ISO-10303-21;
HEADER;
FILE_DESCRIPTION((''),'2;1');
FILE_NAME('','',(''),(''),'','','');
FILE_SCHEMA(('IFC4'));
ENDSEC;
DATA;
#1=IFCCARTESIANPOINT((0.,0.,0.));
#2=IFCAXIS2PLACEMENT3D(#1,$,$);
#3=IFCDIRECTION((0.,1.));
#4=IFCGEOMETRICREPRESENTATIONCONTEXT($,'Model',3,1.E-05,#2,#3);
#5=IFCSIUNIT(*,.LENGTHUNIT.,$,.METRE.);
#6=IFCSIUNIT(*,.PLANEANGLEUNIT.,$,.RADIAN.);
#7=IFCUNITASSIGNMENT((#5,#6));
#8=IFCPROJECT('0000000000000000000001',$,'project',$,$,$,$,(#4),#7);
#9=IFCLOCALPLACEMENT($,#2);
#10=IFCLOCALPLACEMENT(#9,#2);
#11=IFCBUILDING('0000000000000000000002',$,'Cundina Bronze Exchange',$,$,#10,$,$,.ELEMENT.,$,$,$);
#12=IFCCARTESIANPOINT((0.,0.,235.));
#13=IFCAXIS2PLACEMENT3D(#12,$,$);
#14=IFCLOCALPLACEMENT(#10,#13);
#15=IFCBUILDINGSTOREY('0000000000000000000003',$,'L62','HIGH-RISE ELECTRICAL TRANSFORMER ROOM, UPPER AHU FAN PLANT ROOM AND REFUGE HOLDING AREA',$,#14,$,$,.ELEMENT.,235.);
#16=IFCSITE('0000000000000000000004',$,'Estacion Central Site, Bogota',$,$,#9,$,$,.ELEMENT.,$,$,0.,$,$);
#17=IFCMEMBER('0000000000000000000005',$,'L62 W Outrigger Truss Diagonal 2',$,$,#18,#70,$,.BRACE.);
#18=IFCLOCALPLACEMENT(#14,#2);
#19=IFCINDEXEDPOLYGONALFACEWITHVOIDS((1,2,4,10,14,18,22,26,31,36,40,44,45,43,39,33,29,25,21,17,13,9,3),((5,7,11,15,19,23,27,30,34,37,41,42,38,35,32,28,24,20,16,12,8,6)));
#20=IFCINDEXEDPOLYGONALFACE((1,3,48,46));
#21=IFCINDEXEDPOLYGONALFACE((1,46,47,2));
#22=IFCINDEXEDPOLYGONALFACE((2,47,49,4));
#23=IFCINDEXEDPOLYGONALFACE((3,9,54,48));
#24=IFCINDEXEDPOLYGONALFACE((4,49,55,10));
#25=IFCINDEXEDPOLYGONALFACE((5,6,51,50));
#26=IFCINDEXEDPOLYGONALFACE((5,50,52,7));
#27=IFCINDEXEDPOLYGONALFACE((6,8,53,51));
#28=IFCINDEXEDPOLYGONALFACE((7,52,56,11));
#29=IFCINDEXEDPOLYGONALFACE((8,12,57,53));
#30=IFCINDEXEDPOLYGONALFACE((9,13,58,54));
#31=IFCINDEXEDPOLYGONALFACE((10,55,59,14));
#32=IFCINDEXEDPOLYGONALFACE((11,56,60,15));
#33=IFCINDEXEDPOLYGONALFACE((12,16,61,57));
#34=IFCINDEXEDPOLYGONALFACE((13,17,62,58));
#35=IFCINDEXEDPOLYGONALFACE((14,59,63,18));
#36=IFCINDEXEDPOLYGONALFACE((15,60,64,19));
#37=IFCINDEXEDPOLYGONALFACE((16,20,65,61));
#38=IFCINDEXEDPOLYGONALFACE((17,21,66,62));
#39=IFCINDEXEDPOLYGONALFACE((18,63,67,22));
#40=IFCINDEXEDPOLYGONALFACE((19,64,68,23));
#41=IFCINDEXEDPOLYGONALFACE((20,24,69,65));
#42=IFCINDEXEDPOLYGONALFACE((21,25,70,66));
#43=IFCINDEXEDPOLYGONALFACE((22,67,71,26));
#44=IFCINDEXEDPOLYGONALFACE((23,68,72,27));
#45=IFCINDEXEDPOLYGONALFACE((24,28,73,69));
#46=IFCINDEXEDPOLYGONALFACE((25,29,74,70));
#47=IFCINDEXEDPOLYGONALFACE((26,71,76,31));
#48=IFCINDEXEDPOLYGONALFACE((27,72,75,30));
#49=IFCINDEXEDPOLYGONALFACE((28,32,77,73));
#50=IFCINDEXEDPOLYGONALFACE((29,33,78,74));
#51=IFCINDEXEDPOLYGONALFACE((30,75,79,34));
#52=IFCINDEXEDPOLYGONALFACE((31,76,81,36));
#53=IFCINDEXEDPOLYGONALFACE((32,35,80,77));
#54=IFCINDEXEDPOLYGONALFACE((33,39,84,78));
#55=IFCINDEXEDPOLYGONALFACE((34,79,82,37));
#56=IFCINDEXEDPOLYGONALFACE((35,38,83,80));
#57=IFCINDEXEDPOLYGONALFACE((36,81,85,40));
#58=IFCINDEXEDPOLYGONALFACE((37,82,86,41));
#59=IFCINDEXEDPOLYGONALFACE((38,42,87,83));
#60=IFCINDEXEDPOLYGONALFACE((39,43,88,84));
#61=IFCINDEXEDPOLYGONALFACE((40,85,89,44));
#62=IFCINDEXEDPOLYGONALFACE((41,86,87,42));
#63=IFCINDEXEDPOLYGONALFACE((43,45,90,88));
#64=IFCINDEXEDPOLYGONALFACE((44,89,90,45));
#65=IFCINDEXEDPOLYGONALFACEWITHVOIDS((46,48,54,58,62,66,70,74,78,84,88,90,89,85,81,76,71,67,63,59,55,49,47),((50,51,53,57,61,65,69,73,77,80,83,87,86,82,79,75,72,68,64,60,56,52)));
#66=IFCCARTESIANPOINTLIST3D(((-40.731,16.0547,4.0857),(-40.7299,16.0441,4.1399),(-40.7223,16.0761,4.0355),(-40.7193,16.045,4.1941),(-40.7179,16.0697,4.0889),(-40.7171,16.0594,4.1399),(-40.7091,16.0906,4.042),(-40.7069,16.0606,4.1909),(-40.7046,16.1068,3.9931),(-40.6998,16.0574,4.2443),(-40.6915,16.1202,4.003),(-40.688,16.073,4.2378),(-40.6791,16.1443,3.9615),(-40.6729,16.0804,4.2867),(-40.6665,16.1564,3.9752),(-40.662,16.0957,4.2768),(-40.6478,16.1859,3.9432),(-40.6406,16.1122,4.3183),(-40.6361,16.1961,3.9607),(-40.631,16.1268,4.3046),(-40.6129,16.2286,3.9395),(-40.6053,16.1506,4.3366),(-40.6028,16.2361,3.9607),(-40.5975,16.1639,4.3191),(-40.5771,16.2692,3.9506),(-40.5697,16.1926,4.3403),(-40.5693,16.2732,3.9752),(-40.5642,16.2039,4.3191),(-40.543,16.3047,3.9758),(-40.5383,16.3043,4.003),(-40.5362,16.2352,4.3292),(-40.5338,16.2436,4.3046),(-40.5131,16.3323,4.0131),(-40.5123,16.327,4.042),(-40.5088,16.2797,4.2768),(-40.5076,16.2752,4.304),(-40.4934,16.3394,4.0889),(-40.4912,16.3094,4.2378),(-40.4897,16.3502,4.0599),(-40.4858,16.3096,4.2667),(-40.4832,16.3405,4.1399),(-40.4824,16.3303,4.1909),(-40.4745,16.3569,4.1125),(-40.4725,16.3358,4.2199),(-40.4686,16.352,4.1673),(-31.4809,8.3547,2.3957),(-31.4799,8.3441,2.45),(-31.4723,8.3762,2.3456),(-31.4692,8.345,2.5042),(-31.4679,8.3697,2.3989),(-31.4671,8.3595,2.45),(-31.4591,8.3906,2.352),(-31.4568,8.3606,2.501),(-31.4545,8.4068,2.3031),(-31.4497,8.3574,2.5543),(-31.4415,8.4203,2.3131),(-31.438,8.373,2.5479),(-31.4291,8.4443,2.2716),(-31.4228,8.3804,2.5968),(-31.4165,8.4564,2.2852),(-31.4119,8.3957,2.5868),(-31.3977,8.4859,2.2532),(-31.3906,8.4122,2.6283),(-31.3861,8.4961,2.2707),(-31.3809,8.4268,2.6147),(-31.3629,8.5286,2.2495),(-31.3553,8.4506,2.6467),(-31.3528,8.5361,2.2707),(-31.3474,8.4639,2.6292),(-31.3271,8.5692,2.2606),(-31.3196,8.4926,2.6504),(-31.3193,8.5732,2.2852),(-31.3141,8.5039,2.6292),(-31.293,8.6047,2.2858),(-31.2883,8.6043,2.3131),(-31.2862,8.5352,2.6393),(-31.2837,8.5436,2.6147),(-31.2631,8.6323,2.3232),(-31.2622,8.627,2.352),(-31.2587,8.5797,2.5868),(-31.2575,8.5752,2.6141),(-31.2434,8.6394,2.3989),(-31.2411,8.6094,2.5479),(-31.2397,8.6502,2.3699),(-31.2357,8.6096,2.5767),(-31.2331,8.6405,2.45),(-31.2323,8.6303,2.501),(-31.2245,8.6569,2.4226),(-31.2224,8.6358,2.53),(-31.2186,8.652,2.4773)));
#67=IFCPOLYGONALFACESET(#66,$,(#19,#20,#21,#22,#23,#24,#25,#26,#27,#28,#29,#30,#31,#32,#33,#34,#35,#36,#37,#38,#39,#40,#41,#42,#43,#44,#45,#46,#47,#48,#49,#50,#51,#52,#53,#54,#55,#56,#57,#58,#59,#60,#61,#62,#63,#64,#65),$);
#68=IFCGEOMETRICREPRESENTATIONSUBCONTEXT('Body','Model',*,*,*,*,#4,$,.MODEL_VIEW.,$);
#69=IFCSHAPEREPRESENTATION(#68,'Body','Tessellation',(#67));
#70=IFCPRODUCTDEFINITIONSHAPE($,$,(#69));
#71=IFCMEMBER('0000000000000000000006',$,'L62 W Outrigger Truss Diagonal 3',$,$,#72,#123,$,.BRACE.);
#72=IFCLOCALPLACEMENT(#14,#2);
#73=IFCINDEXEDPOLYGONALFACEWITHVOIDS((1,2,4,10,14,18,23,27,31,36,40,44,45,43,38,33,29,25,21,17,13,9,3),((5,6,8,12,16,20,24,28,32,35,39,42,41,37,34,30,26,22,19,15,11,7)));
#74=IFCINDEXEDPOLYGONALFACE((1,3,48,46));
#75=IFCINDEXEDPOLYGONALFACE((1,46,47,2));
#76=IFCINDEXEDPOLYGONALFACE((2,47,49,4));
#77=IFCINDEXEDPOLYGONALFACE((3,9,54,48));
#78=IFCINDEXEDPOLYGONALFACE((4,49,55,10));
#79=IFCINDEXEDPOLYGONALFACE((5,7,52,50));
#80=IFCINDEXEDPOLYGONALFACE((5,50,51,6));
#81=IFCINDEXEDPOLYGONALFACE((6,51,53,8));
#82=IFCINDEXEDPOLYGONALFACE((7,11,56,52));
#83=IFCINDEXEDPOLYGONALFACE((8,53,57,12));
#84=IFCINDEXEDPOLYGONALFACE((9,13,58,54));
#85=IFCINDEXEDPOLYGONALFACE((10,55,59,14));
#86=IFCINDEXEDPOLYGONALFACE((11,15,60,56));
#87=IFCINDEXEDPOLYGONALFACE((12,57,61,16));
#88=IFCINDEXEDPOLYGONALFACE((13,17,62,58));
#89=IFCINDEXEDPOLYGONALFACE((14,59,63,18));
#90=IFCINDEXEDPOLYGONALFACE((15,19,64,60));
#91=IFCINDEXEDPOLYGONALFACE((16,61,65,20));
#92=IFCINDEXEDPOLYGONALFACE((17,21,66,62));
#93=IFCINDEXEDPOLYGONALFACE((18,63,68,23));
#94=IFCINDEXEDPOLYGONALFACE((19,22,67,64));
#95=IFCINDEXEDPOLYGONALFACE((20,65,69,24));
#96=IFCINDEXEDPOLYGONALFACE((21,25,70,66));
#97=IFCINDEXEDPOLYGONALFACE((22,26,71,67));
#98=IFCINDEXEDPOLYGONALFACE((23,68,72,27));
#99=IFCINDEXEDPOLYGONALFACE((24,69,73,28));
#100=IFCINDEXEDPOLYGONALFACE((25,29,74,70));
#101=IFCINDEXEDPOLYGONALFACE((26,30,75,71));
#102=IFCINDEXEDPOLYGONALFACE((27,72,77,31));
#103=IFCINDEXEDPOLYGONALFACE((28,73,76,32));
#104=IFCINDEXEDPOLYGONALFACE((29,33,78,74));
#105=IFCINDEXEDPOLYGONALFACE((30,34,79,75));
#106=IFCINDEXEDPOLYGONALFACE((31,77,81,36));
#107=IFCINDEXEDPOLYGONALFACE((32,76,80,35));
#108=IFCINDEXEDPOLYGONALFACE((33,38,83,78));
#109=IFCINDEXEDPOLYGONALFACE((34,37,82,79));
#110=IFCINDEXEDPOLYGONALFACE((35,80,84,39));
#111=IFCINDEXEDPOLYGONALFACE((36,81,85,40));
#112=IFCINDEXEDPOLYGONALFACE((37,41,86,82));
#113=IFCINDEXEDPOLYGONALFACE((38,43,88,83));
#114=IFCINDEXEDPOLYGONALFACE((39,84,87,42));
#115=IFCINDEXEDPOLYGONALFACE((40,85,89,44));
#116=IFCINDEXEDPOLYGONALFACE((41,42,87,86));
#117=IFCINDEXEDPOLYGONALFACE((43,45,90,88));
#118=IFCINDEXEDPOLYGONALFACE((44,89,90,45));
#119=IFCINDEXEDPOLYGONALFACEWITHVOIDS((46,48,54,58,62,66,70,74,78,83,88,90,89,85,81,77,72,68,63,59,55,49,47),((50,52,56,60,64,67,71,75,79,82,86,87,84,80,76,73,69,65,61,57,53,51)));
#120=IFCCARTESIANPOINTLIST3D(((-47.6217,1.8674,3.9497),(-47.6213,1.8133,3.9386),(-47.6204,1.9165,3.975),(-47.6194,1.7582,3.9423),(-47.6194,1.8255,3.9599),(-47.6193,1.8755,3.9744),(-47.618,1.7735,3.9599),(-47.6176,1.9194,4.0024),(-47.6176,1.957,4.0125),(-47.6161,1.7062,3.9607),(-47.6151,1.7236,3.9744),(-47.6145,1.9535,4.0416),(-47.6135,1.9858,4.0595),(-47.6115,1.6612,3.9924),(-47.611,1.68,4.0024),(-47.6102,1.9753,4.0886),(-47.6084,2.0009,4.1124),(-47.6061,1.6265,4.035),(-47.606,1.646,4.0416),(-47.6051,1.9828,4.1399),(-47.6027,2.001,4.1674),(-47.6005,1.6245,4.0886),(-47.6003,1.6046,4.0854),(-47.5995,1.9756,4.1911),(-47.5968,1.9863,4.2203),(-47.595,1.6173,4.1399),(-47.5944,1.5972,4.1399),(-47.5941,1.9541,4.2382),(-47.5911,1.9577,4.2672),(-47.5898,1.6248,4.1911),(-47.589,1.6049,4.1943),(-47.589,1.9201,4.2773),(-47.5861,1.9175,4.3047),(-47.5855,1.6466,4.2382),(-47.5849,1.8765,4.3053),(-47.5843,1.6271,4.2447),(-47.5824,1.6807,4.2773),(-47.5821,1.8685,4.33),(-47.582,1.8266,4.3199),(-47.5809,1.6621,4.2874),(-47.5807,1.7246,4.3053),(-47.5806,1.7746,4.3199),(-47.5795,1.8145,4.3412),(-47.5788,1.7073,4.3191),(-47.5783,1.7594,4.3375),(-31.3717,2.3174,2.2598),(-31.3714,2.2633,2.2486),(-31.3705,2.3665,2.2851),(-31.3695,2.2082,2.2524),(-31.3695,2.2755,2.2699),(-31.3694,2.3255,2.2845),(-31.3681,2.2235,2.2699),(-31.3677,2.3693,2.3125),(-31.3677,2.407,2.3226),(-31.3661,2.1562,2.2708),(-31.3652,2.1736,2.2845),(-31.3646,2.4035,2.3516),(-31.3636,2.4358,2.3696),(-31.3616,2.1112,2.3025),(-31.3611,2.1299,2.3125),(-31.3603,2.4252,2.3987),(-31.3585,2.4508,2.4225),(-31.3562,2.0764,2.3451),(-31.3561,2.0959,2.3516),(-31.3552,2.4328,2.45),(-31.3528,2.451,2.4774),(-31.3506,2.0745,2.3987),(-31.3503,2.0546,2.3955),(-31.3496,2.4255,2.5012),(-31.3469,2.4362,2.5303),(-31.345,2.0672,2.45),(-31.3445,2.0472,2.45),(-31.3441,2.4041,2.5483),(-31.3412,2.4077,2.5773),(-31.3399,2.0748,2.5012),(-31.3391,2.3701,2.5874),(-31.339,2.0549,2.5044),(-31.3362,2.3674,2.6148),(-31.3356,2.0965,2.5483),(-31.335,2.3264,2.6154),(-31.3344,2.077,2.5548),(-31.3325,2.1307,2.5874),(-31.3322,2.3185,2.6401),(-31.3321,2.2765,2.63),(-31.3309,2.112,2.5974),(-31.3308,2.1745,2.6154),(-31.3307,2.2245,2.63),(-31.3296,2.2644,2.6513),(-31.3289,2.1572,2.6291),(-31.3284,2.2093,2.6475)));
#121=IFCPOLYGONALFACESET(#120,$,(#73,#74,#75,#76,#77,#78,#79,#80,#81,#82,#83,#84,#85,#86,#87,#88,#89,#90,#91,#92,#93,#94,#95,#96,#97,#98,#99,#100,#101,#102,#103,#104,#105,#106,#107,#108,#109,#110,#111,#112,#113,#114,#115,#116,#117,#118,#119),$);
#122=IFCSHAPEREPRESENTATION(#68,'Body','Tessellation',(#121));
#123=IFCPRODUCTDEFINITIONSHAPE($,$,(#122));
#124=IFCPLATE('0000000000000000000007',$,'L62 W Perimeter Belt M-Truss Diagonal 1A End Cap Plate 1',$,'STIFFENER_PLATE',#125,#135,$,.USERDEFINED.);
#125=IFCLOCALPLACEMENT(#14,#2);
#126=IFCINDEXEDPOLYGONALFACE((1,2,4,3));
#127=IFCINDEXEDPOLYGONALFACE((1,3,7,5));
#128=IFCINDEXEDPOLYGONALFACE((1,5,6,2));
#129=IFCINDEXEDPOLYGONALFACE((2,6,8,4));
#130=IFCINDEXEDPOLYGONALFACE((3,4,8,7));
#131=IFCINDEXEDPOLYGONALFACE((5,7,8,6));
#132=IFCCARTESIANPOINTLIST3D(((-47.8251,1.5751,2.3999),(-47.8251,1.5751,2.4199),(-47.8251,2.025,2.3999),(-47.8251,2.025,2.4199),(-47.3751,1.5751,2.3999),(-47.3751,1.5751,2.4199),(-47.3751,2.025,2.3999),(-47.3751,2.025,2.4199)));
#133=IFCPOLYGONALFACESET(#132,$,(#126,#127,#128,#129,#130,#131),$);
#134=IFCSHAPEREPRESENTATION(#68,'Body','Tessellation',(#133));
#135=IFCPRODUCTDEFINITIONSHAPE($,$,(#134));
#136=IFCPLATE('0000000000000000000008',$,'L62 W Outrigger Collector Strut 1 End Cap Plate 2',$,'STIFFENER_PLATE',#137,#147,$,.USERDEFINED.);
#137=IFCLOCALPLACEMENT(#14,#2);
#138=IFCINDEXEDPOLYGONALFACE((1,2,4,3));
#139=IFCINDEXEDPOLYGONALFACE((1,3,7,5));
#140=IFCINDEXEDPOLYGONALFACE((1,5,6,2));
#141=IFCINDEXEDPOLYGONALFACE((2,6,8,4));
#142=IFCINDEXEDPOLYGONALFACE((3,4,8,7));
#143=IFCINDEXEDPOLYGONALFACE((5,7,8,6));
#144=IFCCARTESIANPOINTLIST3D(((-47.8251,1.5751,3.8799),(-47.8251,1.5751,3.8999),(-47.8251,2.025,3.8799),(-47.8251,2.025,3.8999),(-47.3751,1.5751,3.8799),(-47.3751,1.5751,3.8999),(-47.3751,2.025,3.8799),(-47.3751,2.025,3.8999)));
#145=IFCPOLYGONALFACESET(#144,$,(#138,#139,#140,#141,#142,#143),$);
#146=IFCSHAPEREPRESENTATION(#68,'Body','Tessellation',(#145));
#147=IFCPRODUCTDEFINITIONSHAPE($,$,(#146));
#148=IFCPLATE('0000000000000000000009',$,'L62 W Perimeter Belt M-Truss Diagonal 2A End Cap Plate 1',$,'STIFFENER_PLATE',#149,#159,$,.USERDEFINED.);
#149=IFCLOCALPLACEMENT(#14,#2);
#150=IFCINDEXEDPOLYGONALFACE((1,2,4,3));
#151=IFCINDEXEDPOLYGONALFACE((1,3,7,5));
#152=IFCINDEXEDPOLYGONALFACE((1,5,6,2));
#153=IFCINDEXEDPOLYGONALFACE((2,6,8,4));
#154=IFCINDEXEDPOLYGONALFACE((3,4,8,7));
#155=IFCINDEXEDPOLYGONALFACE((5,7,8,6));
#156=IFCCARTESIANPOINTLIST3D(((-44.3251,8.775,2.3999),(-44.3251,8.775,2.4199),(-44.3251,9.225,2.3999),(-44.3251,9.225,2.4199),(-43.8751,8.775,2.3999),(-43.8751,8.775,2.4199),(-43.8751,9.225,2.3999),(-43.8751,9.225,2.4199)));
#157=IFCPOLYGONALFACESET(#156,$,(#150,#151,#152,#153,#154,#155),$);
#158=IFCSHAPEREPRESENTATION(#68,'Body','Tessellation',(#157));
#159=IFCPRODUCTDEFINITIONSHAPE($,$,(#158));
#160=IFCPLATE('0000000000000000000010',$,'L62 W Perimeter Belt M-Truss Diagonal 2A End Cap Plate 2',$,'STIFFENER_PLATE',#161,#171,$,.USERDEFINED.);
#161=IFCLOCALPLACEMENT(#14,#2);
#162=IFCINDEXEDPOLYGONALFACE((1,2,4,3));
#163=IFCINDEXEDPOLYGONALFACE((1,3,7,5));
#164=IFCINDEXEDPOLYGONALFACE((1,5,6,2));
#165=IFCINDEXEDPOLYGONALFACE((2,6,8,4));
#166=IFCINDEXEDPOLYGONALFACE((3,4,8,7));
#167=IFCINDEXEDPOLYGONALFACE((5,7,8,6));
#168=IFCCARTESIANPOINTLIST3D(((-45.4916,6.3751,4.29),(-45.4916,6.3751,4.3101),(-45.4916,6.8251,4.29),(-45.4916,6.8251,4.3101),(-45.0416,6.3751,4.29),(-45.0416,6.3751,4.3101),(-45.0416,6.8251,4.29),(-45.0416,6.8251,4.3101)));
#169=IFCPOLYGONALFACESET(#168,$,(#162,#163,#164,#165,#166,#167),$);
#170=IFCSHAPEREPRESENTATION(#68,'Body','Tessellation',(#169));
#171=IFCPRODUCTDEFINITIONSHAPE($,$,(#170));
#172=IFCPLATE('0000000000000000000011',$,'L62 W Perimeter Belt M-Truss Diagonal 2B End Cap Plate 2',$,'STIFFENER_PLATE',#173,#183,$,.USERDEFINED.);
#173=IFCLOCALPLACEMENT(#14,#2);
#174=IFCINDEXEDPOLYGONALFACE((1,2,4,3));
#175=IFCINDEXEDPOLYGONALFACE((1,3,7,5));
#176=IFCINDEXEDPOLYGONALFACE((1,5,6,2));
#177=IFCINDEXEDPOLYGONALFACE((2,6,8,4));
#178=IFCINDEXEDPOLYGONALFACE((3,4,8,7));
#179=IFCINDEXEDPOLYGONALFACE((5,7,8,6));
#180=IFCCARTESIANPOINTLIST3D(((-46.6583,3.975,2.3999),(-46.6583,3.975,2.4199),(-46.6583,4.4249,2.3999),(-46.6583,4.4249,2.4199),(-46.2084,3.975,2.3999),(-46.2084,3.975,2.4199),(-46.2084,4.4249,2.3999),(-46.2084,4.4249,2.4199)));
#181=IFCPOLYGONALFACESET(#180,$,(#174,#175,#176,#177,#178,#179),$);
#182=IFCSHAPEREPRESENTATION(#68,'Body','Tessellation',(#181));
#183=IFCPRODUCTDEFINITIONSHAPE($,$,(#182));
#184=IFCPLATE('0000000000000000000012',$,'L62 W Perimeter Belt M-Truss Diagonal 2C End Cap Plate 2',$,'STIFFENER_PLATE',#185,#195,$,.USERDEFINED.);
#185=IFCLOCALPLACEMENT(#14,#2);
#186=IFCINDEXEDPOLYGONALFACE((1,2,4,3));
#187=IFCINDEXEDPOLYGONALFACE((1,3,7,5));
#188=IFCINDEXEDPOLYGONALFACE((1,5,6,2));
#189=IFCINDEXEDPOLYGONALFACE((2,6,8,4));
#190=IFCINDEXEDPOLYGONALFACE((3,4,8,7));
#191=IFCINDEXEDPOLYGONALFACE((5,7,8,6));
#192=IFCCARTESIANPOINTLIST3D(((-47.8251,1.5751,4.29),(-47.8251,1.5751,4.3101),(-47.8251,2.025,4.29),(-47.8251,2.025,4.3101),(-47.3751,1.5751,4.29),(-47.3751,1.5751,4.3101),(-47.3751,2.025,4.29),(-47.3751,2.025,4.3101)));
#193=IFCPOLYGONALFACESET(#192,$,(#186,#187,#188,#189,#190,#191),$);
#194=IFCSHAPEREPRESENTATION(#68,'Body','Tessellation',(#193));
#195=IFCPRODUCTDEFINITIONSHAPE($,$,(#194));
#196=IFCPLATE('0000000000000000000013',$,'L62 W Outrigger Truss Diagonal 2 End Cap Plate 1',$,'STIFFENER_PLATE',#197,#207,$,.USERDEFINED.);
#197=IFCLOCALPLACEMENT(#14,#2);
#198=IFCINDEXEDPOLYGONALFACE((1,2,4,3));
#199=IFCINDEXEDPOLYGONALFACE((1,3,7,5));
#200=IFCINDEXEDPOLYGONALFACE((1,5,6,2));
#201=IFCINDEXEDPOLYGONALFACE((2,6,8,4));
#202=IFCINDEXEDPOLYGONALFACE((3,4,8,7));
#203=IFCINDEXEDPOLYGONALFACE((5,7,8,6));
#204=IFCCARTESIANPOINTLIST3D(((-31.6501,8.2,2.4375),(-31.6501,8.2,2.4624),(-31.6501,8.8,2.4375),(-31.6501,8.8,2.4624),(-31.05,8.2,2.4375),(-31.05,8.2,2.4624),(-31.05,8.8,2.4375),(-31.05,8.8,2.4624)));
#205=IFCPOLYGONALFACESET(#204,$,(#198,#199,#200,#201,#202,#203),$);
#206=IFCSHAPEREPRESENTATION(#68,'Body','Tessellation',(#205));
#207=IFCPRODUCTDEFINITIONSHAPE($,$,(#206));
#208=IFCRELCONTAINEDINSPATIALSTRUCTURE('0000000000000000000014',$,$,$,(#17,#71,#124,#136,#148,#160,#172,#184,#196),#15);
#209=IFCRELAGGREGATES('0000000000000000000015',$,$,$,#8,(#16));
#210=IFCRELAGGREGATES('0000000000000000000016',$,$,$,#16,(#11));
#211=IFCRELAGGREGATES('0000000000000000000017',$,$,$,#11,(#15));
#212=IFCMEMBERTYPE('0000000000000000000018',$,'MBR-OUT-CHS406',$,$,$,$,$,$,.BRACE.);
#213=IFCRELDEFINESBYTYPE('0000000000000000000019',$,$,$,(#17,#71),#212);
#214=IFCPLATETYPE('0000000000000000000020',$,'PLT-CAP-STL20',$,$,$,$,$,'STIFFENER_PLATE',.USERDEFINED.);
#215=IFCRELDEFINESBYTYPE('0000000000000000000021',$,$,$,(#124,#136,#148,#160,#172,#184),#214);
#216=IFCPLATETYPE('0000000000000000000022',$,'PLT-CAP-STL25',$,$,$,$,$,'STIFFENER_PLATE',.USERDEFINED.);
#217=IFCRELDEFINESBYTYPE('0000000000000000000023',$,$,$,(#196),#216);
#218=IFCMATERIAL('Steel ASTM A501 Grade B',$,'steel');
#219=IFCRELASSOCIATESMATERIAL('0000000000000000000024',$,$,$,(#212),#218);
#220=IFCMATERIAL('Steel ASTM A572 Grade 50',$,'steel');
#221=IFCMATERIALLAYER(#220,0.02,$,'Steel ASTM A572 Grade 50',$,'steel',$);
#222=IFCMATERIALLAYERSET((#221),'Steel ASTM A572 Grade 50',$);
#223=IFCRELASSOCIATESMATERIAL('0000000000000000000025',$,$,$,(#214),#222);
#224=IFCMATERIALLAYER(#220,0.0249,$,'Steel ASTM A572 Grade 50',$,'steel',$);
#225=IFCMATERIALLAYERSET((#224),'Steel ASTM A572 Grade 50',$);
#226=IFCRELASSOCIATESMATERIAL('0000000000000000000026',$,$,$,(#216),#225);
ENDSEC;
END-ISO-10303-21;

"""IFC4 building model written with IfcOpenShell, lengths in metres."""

from ifc_helpers import new_model, si_unit, direction, frame, origin, origin_2d, place, context, subcontext, project, spatial, rectangle, hollow_circle, extrude, material, layer, layer_set, material_profile, profile_set, type_object, element, save


model = new_model("IFC4")

# Units and contexts
model_context = context("Model", 3, precision=1e-05, world=origin(), true_north=direction((0.0, 1.0)))
body_context = subcontext(model_context, "Body", "Model", "MODEL_VIEW")
ifc_project = project(units=[si_unit("LENGTHUNIT", "METRE"), si_unit("PLANEANGLEUNIT", "RADIAN")], contexts=[model_context])

# Site, building, storey
site_placement = place(None, origin())
site = spatial("IfcSite", under=ifc_project, at=site_placement, Name="Estacion Central Site, Bogota", CompositionType="ELEMENT", RefElevation=0.0)
building_placement = place(site_placement, origin())
building = spatial("IfcBuilding", under=site, at=building_placement, Name="Cundina Bronze Exchange", CompositionType="ELEMENT")
storey_placement = place(building_placement, frame((0.0, 0.0, 235.0)))
storey = spatial("IfcBuildingStorey", under=building, at=storey_placement, Name="L62", Description="HIGH-RISE ELECTRICAL TRANSFORMER ROOM, UPPER AHU FAN PLANT ROOM AND REFUGE HOLDING AREA", CompositionType="ELEMENT", Elevation=235.0)

# Members
ifc_material_1 = material(Name="Steel ASTM A501 Grade B", Category="steel")
ifc_material_profile_1 = material_profile(ifc_material_1, hollow_circle(Radius=0.2029, WallThickness=0.02, at=origin_2d()), Name="CHS406X20", Category="steel")
ifc_profile_set_1 = profile_set([ifc_material_profile_1], Name="Steel ASTM A501 Grade B")
member_type_1 = type_object("IfcMemberType", Name="MBR-OUT-CHS406", PredefinedType="BRACE", material=ifc_profile_set_1)
member_1_placement = place(storey_placement, frame((-31.3501, 8.5, 2.45), z_axis=(-0.761097, 0.633558, 0.13905), x_axis=(-0.639773, -0.768564, 0.0)))
element("IfcMember", 1, at=member_1_placement, inside=storey, type_object=member_type_1, Name="L62 W Outrigger Truss Diagonal 2", PredefinedType="BRACE", context=body_context, shape_type="SweptSolid", body=[
    extrude(hollow_circle(Radius=0.2029, WallThickness=0.02, at=origin_2d()), origin(), (0.0, 0.0, 1.0), 12.1536),
])
member_2_placement = place(storey_placement, frame((-31.3501, 2.25, 2.45), z_axis=(-0.994259, -0.02753, 0.103399), x_axis=(0.027679, -0.999617, 0.0)))
element("IfcMember", 2, at=member_2_placement, inside=storey, type_object=member_type_1, Name="L62 W Outrigger Truss Diagonal 3", PredefinedType="BRACE", context=body_context, shape_type="SweptSolid", body=[
    extrude(hollow_circle(Radius=0.2029, WallThickness=0.02, at=origin_2d()), origin(), (0.0, 0.0, 1.0), 16.3438),
])

# Plates
ifc_material_2 = material(Name="Steel ASTM A572 Grade 50", Category="steel")
ifc_layer_1 = layer(ifc_material_2, 0.02, Name="Steel ASTM A572 Grade 50", Category="steel")
ifc_layer_set_1 = layer_set([ifc_layer_1], Name="Steel ASTM A572 Grade 50")
plate_type_1 = type_object("IfcPlateType", Name="PLT-CAP-STL20", ElementType="STIFFENER_PLATE", PredefinedType="USERDEFINED", material=ifc_layer_set_1)
for number, where, z_axis, x_axis, name in (
    (3, (-47.6001, 1.8, 2.3999), (0.0, 0.0, 1.0), (1.0, 0.0, 0.0), "L62 W Perimeter Belt M-Truss Diagonal 1A End Cap Plate 1"),
    (4, (-47.6001, 1.8, 3.8799), (0.0, 0.0, 1.0), (1.0, 0.0, 0.0), "L62 W Outrigger Collector Strut 1 End Cap Plate 2"),
    (5, (-44.1001, 9.0, 2.3999), (0.0, 0.0, 1.0), (1.0, 0.0, 0.0), "L62 W Perimeter Belt M-Truss Diagonal 2A End Cap Plate 1"),
    (6, (-45.2666, 6.6001, 4.29), (0.0, 0.0, 1.0), (1.0, 0.0, 0.0), "L62 W Perimeter Belt M-Truss Diagonal 2A End Cap Plate 2"),
    (7, (-46.4333, 4.2, 2.3999), (0.0, 0.0, 1.0), (1.0, 0.0, 0.0), "L62 W Perimeter Belt M-Truss Diagonal 2B End Cap Plate 2"),
    (8, (-47.6001, 1.8, 4.29), (0.0, 0.0, 1.0), (1.0, 0.0, 0.0), "L62 W Perimeter Belt M-Truss Diagonal 2C End Cap Plate 2"),
):
    element("IfcPlate", number, at=place(storey_placement, frame(where, z_axis=z_axis, x_axis=x_axis)), inside=storey, type_object=plate_type_1, Name=name, ObjectType="STIFFENER_PLATE", PredefinedType="USERDEFINED", context=body_context, shape_type="SweptSolid", body=[
        extrude(rectangle(XDim=0.45, YDim=0.45, at=origin_2d()), origin(), (0.0, 0.0, 1.0), 0.02),
    ])
ifc_layer_2 = layer(ifc_material_2, 0.0249, Name="Steel ASTM A572 Grade 50", Category="steel")
ifc_layer_set_2 = layer_set([ifc_layer_2], Name="Steel ASTM A572 Grade 50")
plate_type_2 = type_object("IfcPlateType", Name="PLT-CAP-STL25", ElementType="STIFFENER_PLATE", PredefinedType="USERDEFINED", material=ifc_layer_set_2)
for number, where, z_axis, x_axis, name in (
    (9, (-31.3501, 8.5, 2.4375), (0.0, 0.0, 1.0), (1.0, 0.0, 0.0), "L62 W Outrigger Truss Diagonal 2 End Cap Plate 1"),
):
    element("IfcPlate", number, at=place(storey_placement, frame(where, z_axis=z_axis, x_axis=x_axis)), inside=storey, type_object=plate_type_2, Name=name, ObjectType="STIFFENER_PLATE", PredefinedType="USERDEFINED", context=body_context, shape_type="SweptSolid", body=[
        extrude(rectangle(XDim=0.6001, YDim=0.6001, at=origin_2d()), origin(), (0.0, 0.0, 1.0), 0.0249),
    ])

save(model, "model.ifc")
